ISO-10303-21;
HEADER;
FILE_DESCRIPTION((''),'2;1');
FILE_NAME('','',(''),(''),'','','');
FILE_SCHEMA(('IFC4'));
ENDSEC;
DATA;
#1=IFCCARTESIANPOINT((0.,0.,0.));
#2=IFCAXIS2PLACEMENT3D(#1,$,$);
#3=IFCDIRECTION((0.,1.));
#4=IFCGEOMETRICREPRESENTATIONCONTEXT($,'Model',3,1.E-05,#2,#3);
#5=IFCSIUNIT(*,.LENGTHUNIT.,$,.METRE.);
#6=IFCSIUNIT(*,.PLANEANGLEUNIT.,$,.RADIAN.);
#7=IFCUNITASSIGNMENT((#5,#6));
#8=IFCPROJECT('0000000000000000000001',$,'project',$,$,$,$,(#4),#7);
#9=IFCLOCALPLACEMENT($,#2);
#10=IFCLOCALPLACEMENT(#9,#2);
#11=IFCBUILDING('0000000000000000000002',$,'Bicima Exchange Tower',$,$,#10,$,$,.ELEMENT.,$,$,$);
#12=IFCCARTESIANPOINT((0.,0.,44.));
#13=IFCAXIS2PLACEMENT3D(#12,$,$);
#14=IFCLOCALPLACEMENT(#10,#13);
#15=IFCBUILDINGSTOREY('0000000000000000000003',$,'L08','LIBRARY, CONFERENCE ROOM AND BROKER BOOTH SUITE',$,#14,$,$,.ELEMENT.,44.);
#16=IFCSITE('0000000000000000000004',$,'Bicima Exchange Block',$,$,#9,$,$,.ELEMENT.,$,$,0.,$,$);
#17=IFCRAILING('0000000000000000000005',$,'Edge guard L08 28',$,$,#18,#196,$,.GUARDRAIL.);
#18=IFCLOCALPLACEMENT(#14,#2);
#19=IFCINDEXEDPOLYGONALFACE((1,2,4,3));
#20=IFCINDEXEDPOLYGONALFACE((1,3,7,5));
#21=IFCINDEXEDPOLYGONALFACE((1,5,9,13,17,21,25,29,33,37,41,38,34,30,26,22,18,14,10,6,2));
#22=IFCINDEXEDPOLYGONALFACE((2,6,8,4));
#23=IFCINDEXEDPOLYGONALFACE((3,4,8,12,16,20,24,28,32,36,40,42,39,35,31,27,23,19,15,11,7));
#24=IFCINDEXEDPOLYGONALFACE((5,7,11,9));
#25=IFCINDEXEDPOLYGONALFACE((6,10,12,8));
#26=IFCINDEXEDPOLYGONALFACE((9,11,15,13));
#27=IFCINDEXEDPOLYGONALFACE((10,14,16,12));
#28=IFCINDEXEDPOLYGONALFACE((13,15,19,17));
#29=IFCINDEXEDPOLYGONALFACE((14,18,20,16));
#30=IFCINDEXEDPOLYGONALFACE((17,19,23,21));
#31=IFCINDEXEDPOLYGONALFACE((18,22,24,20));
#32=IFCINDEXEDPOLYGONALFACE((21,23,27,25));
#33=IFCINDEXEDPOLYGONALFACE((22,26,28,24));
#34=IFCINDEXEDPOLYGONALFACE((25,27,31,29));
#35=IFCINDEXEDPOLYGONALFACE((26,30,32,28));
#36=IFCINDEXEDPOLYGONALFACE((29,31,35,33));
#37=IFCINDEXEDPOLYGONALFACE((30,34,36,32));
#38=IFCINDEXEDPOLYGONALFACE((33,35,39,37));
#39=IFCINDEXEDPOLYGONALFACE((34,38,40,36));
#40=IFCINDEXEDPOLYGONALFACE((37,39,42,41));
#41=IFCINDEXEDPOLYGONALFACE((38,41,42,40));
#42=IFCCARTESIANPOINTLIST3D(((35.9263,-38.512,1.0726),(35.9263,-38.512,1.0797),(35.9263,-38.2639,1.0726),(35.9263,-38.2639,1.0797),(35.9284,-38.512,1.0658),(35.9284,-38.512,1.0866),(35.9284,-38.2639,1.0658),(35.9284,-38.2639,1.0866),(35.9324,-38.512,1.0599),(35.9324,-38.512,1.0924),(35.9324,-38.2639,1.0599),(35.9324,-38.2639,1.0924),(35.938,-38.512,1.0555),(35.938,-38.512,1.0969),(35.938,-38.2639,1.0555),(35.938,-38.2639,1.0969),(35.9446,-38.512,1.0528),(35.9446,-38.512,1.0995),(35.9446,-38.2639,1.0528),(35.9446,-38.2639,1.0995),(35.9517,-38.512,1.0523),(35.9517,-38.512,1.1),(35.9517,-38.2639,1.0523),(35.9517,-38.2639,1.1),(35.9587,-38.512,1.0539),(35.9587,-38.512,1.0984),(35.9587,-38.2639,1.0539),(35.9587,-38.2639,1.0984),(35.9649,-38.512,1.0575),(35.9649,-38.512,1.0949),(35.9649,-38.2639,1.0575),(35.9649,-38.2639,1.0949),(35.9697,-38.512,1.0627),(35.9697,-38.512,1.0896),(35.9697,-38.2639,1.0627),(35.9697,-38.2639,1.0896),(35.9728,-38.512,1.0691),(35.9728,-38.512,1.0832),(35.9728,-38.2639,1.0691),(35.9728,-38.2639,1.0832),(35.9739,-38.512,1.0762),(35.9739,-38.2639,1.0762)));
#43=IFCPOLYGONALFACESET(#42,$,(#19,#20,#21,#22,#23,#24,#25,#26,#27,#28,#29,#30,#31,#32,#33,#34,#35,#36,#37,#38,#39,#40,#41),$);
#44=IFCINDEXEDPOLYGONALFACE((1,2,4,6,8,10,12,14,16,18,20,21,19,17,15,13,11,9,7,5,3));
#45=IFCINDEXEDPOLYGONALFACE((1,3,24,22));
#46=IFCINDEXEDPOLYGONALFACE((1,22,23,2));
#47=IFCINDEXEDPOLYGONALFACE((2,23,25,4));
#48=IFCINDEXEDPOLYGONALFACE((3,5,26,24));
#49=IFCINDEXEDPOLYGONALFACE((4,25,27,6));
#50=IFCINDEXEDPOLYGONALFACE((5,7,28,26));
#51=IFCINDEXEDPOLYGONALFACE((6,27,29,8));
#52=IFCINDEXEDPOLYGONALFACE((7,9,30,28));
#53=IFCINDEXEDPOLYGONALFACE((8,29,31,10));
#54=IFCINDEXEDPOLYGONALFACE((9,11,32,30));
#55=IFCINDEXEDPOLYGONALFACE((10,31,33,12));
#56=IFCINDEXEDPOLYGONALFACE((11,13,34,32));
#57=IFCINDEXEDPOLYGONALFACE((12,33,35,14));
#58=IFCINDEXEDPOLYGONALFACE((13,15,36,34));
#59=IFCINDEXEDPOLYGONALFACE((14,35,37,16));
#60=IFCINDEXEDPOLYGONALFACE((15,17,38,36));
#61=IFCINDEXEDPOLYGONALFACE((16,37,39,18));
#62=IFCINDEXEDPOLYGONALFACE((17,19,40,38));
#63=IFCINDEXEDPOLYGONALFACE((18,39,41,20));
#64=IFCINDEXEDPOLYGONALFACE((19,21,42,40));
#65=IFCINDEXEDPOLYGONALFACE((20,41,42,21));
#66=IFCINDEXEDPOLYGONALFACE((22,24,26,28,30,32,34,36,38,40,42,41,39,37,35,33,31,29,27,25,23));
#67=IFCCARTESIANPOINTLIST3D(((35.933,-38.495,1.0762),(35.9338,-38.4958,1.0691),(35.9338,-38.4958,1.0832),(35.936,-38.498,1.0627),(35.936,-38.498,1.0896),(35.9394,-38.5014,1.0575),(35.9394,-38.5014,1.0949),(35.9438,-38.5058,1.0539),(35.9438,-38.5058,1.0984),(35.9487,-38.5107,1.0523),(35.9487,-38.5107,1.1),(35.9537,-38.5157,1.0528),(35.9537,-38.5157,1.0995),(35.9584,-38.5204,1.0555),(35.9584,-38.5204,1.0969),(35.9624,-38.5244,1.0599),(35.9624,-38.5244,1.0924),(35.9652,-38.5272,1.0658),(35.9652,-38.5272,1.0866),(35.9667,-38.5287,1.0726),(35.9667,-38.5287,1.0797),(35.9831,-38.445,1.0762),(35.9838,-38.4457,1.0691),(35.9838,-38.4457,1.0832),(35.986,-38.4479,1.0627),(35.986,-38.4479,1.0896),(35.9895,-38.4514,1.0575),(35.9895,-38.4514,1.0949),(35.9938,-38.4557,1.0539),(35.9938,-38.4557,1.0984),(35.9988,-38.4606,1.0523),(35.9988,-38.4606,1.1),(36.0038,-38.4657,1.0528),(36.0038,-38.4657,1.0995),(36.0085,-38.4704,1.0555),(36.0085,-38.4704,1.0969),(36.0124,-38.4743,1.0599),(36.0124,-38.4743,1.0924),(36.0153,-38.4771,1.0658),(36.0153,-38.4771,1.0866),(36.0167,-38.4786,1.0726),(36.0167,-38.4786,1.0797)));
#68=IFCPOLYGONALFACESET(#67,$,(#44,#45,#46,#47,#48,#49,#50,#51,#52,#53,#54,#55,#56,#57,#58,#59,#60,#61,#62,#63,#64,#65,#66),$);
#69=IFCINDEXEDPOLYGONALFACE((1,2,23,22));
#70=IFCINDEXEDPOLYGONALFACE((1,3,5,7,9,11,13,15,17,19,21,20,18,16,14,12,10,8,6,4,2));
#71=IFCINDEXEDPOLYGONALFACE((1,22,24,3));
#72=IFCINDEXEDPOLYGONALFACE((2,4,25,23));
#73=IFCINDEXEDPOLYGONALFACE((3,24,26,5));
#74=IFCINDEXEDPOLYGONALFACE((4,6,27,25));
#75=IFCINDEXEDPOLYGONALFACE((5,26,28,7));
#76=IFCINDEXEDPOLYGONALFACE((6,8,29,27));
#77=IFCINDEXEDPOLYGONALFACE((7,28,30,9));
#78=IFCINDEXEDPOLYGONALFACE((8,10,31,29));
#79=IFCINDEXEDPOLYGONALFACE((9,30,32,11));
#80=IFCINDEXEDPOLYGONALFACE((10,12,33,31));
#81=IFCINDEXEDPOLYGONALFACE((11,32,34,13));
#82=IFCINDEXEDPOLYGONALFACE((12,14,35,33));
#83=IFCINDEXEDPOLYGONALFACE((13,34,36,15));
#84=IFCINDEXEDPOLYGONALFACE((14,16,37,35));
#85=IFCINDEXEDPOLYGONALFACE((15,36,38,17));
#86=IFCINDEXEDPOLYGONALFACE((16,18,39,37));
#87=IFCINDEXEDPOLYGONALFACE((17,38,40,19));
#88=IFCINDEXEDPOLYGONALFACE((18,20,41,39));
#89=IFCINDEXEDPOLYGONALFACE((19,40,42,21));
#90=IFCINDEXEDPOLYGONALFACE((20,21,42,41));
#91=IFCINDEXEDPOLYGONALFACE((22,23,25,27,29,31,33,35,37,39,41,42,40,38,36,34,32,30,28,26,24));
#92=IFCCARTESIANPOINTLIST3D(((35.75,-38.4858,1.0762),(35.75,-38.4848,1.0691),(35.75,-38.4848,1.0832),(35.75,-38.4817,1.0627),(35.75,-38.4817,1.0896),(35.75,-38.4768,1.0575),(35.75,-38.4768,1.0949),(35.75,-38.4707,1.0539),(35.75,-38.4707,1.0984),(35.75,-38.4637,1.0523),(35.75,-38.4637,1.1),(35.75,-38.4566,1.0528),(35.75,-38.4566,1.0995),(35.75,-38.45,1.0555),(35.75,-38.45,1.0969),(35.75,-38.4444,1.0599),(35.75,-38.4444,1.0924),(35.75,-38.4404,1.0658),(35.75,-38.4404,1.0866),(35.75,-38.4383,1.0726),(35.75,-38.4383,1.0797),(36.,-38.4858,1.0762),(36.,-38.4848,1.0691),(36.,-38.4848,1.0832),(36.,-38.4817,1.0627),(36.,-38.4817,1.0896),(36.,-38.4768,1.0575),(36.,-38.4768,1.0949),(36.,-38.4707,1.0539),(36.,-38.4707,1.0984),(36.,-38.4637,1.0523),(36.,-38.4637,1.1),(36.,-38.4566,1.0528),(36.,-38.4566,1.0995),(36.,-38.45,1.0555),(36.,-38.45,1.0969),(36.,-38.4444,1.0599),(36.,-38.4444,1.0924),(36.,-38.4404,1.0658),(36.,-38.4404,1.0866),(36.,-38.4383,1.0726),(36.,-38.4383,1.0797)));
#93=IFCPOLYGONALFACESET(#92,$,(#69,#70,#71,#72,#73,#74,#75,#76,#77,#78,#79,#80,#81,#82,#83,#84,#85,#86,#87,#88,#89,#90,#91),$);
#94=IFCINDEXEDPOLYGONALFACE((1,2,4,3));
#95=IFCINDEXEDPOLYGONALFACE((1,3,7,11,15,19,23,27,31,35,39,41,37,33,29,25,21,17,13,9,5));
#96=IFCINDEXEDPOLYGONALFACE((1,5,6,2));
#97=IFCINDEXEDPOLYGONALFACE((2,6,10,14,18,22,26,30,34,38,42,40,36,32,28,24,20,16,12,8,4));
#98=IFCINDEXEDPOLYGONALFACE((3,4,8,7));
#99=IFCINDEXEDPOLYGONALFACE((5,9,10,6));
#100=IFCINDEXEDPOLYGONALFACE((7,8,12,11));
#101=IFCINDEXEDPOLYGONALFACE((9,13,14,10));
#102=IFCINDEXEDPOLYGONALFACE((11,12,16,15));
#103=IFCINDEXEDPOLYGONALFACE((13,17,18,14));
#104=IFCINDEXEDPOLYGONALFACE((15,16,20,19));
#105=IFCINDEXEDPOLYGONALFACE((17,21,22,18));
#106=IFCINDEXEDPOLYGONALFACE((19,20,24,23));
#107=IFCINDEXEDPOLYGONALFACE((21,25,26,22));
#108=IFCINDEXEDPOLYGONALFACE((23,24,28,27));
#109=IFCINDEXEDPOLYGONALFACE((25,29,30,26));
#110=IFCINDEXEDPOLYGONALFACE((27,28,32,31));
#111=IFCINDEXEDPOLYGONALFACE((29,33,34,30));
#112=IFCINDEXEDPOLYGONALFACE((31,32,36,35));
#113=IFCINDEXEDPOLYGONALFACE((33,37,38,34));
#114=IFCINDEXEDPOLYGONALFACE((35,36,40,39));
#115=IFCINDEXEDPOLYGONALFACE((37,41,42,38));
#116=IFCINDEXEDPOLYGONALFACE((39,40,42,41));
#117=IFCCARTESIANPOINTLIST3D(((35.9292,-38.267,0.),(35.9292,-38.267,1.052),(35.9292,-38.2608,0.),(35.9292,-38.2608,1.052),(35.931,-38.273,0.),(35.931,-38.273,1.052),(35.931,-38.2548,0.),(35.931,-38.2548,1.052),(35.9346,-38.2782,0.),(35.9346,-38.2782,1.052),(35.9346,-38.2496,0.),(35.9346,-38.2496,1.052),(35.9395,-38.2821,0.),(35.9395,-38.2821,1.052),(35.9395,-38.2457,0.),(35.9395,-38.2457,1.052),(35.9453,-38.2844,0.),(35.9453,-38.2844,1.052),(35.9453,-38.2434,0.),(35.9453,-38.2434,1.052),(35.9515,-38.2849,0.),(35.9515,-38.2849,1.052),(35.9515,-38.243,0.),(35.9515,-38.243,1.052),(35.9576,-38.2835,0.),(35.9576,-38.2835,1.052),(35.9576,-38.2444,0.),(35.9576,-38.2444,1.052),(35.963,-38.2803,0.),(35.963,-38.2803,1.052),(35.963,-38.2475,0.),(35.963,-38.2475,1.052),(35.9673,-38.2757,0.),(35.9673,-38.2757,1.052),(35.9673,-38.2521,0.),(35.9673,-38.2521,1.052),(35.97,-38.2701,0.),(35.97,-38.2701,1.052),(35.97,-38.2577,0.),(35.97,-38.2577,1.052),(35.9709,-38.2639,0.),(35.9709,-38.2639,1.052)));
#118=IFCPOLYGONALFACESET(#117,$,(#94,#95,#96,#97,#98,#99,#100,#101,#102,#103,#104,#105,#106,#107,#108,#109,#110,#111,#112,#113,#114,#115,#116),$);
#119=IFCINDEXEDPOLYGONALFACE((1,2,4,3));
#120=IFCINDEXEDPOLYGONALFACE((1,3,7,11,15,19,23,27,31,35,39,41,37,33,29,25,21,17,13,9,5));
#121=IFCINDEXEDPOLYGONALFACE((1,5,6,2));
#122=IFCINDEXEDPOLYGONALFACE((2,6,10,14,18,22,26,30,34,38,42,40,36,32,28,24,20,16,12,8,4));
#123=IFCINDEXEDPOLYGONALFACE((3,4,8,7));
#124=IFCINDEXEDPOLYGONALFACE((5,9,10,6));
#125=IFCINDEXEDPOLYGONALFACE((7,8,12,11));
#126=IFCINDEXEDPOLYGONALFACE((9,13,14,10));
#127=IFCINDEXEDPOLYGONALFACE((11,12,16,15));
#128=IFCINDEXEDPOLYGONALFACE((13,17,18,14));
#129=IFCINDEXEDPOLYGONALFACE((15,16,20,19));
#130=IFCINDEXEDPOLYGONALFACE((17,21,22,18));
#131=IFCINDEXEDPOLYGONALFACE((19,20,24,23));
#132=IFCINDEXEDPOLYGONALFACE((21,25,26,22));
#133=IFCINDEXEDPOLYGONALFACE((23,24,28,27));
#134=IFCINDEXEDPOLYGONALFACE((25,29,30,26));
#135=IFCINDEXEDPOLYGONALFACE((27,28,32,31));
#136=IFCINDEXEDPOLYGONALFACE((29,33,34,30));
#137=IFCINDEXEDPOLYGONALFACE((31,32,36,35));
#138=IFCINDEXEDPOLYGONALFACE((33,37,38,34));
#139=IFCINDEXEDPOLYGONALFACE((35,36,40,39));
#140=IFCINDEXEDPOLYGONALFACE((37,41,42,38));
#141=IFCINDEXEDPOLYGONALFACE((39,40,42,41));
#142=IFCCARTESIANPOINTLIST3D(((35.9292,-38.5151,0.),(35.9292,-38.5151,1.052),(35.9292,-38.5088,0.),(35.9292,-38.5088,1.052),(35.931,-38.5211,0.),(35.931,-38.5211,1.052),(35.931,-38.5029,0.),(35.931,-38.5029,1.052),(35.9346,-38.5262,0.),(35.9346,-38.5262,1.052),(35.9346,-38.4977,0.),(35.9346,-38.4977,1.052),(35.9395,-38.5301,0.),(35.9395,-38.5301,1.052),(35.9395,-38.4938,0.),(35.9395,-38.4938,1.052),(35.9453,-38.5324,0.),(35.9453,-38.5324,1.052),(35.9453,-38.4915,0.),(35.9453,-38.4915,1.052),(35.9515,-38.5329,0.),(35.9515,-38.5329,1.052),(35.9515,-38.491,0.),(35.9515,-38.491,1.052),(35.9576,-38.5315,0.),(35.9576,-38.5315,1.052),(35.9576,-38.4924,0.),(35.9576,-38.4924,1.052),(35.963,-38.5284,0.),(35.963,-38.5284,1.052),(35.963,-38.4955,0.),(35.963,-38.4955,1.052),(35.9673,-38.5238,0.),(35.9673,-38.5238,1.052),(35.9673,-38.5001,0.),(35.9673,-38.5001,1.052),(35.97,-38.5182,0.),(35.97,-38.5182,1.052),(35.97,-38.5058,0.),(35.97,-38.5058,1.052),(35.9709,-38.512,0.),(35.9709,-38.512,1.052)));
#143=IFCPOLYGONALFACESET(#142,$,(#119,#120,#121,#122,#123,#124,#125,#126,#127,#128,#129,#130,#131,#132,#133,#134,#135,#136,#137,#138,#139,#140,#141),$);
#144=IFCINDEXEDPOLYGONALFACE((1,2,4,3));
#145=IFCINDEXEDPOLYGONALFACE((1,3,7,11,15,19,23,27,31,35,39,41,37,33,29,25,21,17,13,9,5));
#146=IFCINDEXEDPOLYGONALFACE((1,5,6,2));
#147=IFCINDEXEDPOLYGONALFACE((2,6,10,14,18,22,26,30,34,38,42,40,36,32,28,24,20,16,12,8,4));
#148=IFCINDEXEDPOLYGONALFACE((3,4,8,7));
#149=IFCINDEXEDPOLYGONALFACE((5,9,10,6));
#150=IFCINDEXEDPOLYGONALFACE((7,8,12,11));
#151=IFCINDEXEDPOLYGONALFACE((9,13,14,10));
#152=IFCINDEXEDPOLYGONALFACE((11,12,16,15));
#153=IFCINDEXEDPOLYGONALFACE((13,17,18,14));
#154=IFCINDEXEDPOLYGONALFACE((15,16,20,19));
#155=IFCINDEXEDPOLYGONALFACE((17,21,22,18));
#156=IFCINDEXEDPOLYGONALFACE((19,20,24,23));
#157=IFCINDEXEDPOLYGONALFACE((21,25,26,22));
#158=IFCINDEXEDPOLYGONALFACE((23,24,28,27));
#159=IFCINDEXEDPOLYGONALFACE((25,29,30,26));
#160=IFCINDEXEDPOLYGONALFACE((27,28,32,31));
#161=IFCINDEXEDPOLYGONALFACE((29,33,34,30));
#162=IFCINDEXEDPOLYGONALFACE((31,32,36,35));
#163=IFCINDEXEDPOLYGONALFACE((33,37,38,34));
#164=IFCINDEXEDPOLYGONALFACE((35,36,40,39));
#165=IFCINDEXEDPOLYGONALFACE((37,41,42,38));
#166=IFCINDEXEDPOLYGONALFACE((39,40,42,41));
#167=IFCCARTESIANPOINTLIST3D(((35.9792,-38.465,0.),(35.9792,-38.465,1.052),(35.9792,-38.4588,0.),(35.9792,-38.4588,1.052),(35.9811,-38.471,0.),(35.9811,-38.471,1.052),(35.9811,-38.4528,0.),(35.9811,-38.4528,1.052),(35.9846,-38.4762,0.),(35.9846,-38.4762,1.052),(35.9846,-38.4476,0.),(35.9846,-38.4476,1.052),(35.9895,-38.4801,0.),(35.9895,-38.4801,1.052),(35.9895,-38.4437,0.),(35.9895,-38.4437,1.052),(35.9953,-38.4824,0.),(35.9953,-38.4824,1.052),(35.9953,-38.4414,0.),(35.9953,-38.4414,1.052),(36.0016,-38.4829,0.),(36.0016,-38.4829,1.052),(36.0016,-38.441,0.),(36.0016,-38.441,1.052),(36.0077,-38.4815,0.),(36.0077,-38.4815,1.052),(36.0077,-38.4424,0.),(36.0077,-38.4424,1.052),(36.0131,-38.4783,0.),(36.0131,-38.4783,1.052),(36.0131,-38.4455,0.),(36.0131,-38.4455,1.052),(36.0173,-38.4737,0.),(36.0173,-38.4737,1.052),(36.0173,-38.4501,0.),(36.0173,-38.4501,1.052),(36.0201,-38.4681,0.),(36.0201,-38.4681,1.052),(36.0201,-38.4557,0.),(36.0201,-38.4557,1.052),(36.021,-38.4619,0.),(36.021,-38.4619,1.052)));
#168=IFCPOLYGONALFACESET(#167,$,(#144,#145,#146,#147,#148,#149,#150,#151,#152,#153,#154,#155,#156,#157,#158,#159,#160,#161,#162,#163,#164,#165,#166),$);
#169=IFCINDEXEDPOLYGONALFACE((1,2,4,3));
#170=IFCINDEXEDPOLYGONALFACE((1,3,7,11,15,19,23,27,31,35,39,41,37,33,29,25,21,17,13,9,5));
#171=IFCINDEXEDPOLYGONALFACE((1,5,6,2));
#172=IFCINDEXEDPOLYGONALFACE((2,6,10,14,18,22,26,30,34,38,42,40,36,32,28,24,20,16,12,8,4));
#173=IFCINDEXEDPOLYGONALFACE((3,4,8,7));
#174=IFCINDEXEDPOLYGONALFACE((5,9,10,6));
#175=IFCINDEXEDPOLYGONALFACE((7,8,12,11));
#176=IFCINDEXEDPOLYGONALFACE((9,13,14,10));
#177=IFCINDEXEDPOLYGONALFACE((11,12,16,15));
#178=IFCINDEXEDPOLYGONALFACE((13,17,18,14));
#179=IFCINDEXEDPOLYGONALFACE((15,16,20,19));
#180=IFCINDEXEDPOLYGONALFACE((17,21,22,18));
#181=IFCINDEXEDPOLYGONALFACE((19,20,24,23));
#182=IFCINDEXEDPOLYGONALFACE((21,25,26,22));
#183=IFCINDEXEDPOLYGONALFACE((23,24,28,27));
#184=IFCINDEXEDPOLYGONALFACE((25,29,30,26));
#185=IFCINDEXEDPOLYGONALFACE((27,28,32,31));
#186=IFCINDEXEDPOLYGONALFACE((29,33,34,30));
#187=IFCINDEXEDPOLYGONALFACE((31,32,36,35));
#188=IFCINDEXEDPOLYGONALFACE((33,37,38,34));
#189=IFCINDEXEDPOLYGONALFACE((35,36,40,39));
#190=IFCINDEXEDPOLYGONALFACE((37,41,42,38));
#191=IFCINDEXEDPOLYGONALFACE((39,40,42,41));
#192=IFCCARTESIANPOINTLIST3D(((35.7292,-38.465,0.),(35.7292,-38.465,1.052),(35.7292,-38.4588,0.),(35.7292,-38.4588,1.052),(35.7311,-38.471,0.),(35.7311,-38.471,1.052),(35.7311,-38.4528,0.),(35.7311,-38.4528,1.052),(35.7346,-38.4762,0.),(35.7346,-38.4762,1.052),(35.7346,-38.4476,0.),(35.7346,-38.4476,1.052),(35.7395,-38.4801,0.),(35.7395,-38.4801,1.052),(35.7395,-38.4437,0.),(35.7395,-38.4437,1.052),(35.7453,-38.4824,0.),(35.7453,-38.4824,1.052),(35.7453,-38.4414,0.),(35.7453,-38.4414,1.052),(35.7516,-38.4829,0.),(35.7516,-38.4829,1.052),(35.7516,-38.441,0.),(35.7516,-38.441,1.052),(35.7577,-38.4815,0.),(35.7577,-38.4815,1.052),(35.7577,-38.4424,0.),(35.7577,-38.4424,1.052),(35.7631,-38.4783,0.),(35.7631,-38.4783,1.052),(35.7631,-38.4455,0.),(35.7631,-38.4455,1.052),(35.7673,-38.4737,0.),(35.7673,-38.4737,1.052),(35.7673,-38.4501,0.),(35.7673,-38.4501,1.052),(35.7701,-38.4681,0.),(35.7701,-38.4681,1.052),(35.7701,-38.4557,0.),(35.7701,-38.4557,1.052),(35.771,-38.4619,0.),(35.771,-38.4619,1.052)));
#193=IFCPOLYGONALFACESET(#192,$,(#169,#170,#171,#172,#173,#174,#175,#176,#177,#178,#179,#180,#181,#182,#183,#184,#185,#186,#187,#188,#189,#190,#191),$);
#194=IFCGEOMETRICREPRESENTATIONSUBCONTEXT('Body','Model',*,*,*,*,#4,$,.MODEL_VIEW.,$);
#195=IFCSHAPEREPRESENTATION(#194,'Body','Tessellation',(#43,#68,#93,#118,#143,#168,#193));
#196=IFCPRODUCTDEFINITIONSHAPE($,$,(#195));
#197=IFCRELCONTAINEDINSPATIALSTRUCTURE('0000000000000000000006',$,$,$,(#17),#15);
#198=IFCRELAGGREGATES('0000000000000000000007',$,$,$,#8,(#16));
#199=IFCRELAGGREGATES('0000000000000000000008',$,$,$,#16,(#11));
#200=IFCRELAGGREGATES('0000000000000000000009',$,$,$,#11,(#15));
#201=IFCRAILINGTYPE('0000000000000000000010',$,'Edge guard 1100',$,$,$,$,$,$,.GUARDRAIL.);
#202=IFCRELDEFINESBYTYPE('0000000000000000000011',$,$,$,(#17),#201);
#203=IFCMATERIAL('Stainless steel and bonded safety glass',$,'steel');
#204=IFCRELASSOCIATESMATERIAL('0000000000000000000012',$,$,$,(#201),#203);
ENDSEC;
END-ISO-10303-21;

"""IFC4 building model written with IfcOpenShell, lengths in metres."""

from ifc_helpers import new_model, si_unit, direction, frame, origin, origin_2d, place, context, subcontext, project, spatial, circle, extrude, material, type_object, element, save


model = new_model("IFC4")

# Units and contexts
model_context = context("Model", 3, precision=1e-05, world=origin(), true_north=direction((0.0, 1.0)))
body_context = subcontext(model_context, "Body", "Model", "MODEL_VIEW")
ifc_project = project(units=[si_unit("LENGTHUNIT", "METRE"), si_unit("PLANEANGLEUNIT", "RADIAN")], contexts=[model_context])

# Site, building, storey
site_placement = place(None, origin())
site = spatial("IfcSite", under=ifc_project, at=site_placement, Name="Bicima Exchange Block", CompositionType="ELEMENT", RefElevation=0.0)
building_placement = place(site_placement, origin())
building = spatial("IfcBuilding", under=site, at=building_placement, Name="Bicima Exchange Tower", CompositionType="ELEMENT")
storey_placement = place(building_placement, frame((0.0, 0.0, 44.0)))
storey = spatial("IfcBuildingStorey", under=building, at=storey_placement, Name="L08", Description="LIBRARY, CONFERENCE ROOM AND BROKER BOOTH SUITE", CompositionType="ELEMENT", Elevation=44.0)

# Railing
ifc_material_1 = material(Name="Stainless steel and bonded safety glass", Category="steel")
railing_type = type_object("IfcRailingType", Name="Edge guard 1100", PredefinedType="GUARDRAIL", material=ifc_material_1)
railing_1_placement = place(storey_placement, frame((35.95, -38.2639, 0.0)))
element("IfcRailing", 1, at=railing_1_placement, inside=storey, type_object=railing_type, Name="Edge guard L08 28", PredefinedType="GUARDRAIL", context=body_context, shape_type="SweptSolid", body=[
    extrude(circle(Radius=0.0239, at=origin_2d()), frame((0.0, 0.0, 1.0762), z_axis=(0.0, -1.0, 0.0), x_axis=(1.0, 0.0, 0.0)), (0.0, 0.0, 1.0), 0.248),
    extrude(circle(Radius=0.0239, at=origin_2d()), frame((0.0, -0.248, 1.0762), z_axis=(0.707107, 0.707107, 0.0), x_axis=(-0.707107, 0.707107, 0.0)), (0.0, 0.0, 1.0), 0.0708),
    extrude(circle(Radius=0.0239, at=origin_2d()), frame((0.05, -0.198, 1.0762), z_axis=(-1.0, 0.0, 0.0), x_axis=(0.0, -1.0, 0.0)), (0.0, 0.0, 1.0), 0.25),
    extrude(circle(Radius=0.021, at=origin_2d()), origin(), (0.0, 0.0, 1.0), 1.052),
    extrude(circle(Radius=0.021, at=origin_2d()), frame((0.0, -0.248, 0.0)), (0.0, 0.0, 1.0), 1.052),
    extrude(circle(Radius=0.021, at=origin_2d()), frame((0.05, -0.198, 0.0)), (0.0, 0.0, 1.0), 1.052),
    extrude(circle(Radius=0.021, at=origin_2d()), frame((-0.2, -0.198, 0.0)), (0.0, 0.0, 1.0), 1.052),
])

save(model, "model.ifc")
